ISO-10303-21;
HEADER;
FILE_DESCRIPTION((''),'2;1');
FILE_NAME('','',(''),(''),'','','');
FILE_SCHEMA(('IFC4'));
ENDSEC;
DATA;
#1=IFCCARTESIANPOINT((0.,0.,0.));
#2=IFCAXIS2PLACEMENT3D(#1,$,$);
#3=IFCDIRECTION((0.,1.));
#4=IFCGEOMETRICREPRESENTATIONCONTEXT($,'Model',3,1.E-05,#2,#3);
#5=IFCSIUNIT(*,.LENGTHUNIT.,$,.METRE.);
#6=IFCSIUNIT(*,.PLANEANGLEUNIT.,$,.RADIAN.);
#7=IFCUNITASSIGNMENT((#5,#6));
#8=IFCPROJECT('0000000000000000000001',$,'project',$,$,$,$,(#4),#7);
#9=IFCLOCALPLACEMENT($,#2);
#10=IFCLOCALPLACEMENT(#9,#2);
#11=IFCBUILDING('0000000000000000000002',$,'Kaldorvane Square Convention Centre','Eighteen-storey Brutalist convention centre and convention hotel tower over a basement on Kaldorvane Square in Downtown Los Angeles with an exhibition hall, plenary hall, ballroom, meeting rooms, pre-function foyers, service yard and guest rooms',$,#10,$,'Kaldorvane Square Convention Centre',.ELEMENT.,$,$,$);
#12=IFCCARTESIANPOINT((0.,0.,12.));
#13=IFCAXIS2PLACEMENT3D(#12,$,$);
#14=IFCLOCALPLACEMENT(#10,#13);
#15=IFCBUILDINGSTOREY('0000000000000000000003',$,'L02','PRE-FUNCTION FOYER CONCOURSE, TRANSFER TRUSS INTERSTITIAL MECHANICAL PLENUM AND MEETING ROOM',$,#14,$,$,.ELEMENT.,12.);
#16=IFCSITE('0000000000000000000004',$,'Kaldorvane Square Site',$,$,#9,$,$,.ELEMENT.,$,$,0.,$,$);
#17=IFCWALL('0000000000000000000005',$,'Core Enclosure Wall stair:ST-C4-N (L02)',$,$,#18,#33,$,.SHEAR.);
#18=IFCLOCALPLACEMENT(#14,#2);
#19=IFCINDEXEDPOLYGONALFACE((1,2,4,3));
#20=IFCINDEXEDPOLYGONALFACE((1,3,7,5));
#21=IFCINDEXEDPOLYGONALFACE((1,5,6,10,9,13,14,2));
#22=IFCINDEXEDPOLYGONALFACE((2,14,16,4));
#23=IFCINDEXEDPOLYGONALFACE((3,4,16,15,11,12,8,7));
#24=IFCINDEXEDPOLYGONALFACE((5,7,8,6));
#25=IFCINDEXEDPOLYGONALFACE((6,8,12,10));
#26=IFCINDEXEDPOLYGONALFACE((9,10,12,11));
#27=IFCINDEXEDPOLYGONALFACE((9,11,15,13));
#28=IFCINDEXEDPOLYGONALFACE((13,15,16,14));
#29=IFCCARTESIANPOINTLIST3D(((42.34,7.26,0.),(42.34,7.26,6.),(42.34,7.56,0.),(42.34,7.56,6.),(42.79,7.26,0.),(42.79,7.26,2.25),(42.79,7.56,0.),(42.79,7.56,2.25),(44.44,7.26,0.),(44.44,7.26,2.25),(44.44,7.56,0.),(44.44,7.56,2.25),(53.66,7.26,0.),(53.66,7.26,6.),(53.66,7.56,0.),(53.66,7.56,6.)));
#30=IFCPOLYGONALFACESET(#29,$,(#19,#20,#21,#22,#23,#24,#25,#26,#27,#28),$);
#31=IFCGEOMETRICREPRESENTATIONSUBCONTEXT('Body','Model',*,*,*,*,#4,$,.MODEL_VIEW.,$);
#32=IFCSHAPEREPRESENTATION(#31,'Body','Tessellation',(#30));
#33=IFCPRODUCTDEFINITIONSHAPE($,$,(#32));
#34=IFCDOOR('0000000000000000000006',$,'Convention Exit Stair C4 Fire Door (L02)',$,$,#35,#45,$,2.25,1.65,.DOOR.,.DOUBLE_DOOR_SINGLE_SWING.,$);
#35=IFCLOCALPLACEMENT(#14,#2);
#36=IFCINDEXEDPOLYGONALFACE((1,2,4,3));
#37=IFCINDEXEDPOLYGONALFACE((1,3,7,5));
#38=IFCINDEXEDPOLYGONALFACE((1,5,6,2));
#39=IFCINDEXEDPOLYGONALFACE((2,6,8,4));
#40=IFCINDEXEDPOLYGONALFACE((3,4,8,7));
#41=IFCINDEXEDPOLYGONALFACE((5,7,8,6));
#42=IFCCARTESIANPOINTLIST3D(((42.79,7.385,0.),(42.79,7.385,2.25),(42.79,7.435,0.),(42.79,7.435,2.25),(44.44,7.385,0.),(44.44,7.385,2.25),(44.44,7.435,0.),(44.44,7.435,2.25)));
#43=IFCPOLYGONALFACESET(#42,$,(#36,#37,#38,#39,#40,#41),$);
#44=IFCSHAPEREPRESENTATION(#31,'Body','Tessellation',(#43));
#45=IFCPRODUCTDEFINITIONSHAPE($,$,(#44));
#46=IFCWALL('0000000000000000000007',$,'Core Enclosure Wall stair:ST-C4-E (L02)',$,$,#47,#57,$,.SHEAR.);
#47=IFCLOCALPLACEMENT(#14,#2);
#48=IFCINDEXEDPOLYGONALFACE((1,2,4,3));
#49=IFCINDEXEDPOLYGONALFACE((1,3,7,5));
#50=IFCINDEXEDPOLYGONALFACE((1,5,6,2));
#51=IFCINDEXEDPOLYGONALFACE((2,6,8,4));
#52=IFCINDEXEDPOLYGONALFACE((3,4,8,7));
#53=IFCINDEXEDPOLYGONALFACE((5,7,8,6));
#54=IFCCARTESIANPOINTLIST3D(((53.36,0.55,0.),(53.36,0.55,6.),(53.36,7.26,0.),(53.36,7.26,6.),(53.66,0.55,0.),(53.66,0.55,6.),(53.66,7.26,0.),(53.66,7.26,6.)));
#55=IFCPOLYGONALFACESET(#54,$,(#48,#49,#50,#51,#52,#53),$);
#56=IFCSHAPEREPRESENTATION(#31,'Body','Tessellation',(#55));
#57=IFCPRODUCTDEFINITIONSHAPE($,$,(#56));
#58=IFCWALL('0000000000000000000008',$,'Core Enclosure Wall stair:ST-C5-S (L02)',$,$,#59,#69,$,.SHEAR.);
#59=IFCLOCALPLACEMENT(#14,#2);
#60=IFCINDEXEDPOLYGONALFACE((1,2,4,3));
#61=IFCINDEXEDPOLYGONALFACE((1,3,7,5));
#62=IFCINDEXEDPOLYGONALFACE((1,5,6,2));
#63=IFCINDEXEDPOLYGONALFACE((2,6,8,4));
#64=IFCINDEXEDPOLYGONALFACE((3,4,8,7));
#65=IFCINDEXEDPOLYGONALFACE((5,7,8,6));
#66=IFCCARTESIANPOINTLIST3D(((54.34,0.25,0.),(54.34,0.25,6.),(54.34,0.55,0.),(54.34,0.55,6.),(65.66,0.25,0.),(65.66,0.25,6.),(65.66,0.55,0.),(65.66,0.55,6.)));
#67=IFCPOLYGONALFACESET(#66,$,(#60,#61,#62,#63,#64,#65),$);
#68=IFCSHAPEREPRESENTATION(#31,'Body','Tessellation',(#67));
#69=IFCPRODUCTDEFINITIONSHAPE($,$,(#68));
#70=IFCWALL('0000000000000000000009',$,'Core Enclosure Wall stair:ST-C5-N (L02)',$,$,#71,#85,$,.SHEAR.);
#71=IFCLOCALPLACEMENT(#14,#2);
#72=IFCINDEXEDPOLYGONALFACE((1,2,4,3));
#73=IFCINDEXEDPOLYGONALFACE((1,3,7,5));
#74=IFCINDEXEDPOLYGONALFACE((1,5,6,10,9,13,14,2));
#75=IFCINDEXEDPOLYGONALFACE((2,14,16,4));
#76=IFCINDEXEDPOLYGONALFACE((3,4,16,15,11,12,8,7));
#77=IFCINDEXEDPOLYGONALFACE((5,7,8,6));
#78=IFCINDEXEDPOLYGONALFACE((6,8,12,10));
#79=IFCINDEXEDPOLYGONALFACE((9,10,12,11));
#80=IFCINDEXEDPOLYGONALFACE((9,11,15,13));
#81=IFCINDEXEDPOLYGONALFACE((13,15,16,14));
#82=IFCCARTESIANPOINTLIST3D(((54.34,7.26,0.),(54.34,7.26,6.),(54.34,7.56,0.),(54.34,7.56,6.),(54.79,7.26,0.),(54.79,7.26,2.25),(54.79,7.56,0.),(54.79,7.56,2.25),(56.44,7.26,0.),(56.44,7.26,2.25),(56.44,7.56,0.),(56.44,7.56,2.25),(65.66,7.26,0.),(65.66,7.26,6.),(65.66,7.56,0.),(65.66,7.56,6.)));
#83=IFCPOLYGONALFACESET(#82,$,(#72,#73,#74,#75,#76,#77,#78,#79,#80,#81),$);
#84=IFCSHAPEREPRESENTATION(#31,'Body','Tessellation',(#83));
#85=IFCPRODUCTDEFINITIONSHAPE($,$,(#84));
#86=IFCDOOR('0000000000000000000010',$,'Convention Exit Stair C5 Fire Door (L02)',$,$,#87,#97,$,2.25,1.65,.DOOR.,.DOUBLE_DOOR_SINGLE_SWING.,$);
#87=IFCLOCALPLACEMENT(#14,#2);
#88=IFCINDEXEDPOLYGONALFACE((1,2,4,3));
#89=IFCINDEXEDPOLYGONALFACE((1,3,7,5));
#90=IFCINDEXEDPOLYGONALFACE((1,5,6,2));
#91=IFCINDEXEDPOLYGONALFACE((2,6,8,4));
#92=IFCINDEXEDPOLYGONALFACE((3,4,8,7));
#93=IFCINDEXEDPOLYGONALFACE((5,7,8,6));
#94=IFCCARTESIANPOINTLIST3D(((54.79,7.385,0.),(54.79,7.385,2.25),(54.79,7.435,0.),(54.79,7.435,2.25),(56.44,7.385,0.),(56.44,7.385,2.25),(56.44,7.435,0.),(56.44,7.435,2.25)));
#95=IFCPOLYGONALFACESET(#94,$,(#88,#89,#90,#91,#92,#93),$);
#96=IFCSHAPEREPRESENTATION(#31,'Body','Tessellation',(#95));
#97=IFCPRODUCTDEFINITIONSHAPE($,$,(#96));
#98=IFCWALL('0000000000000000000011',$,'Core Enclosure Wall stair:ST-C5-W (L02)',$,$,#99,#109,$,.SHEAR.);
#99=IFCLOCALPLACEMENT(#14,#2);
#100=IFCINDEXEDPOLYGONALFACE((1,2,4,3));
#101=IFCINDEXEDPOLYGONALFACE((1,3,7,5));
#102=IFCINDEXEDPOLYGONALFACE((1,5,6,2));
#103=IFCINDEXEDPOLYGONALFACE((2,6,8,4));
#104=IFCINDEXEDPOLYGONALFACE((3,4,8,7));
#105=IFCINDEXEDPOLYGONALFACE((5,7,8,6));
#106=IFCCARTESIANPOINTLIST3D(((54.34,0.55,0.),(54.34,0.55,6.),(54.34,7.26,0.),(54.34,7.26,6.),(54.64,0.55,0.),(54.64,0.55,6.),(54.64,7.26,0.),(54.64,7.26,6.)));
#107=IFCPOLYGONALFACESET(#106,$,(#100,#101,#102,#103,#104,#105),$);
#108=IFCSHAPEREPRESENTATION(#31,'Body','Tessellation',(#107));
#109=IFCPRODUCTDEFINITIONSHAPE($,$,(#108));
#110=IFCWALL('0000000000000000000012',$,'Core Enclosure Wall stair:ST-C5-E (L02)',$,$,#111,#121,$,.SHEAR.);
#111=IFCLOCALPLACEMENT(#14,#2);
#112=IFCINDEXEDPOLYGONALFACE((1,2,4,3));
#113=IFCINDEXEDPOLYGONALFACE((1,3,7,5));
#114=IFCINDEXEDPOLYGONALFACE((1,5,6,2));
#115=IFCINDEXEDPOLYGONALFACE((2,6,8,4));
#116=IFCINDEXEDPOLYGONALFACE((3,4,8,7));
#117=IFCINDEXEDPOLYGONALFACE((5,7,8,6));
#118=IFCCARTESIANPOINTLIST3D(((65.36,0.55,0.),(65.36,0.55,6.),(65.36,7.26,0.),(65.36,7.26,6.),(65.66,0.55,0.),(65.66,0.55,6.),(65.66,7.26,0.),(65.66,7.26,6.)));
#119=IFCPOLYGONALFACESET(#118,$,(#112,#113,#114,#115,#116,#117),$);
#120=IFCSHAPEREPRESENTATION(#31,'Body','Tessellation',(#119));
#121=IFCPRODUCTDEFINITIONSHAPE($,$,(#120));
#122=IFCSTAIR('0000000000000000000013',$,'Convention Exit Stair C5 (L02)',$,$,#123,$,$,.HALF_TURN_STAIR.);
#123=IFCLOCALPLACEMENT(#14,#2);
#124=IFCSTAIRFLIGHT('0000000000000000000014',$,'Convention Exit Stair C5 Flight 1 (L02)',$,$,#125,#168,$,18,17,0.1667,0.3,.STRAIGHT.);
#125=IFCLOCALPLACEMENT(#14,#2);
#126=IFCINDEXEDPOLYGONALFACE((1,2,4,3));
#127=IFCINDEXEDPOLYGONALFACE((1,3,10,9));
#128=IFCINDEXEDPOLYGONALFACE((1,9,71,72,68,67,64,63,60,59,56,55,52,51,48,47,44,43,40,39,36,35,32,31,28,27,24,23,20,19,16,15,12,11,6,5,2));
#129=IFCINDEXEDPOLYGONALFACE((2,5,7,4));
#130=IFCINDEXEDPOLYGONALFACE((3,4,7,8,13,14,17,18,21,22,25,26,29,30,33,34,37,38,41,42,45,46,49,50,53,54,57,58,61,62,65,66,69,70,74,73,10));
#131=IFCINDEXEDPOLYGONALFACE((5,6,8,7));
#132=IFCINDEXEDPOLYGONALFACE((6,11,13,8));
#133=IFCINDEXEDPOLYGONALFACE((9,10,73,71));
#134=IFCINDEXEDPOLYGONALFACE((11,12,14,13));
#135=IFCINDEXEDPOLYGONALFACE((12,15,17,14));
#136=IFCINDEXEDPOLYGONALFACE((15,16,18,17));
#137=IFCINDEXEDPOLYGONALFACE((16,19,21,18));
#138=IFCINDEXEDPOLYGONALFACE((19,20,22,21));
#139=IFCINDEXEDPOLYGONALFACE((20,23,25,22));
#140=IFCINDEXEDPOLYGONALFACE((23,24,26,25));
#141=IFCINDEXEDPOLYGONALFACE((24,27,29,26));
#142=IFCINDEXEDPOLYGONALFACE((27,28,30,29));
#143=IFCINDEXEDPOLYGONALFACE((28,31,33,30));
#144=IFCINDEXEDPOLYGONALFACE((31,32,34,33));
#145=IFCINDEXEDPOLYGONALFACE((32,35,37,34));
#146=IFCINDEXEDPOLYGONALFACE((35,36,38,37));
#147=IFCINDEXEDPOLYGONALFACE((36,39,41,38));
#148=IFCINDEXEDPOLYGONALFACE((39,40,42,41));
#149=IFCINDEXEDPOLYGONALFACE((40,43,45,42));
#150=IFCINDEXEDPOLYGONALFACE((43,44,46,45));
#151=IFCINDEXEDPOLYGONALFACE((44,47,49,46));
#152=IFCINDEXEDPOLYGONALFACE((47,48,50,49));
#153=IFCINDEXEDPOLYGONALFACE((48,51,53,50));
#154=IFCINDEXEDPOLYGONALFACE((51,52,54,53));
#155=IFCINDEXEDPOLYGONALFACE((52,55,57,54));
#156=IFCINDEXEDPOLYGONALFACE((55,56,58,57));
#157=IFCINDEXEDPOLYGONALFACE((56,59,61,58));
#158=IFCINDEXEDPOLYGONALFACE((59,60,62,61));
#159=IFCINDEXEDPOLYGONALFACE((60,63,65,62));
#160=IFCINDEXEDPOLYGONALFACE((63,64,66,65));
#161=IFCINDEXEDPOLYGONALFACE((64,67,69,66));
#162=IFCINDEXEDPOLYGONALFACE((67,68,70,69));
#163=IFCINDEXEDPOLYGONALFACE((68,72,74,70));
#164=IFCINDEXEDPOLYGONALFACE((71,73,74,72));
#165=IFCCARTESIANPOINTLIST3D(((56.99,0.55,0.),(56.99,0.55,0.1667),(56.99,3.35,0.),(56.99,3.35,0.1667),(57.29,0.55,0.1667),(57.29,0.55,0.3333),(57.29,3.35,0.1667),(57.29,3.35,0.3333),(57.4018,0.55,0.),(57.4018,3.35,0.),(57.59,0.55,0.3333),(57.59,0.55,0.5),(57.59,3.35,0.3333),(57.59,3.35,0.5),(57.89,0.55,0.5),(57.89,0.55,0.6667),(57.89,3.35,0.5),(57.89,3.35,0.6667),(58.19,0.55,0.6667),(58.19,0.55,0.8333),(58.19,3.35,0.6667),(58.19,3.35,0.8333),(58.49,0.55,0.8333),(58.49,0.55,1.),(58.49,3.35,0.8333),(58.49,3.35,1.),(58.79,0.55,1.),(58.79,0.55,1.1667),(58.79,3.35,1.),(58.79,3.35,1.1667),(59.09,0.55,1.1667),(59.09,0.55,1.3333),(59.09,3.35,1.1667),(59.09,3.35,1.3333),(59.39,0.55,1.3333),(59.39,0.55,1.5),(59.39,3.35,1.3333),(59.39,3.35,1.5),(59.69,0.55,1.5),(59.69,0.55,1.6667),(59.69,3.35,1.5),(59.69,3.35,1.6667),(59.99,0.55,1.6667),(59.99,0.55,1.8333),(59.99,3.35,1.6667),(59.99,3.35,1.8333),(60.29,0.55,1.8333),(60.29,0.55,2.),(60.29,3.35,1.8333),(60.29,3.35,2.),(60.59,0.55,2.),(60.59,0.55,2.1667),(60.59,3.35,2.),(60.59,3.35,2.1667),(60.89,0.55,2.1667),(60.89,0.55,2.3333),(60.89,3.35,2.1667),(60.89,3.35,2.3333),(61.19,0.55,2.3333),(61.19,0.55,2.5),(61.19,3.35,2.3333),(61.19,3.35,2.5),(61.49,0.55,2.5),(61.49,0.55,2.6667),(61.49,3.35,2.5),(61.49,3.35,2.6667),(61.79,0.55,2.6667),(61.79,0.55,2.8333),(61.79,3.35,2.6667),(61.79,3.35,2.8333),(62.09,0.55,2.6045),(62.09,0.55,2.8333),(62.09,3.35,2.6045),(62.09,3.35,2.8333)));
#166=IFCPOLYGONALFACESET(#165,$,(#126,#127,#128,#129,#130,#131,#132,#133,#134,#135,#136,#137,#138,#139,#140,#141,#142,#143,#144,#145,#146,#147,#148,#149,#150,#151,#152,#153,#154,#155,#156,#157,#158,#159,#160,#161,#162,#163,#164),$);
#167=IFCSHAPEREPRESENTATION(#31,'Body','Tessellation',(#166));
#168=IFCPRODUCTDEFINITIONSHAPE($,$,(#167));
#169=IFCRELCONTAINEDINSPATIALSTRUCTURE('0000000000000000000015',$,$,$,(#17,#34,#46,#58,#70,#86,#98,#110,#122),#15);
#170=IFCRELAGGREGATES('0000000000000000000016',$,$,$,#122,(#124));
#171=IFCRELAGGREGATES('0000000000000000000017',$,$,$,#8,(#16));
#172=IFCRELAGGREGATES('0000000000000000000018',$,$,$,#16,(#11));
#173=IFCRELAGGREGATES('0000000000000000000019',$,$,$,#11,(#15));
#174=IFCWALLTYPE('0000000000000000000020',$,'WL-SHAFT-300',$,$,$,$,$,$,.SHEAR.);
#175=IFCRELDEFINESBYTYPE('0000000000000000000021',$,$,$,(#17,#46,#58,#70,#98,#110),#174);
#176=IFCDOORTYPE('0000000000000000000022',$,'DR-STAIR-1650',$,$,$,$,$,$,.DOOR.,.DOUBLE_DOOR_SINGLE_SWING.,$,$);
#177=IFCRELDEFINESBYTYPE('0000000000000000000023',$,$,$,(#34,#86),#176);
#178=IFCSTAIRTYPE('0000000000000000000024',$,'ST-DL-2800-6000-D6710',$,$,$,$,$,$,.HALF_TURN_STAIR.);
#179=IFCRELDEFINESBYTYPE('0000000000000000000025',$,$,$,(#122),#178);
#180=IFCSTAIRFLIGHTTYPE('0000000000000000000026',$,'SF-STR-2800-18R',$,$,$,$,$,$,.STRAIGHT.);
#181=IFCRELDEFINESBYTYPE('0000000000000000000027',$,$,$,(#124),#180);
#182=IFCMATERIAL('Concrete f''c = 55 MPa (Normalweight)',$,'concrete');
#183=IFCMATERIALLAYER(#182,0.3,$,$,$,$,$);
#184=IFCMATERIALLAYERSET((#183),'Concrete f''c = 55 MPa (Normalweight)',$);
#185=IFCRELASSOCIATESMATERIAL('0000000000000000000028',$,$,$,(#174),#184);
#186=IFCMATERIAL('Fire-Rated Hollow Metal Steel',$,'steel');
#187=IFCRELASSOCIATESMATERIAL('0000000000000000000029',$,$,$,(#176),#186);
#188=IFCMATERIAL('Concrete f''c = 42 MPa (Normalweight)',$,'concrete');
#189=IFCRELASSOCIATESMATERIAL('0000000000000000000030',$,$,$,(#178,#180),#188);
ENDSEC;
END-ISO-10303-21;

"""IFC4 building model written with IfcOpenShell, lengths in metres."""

from ifc_helpers import new_model, si_unit, direction, frame, frame_2d, origin, place, context, subcontext, project, spatial, polyline, rectangle, outline, extrude, material, layer, layer_set, type_object, element, fill, aggregate, save


model = new_model("IFC4")

# Units and contexts
model_context = context("Model", 3, precision=1e-05, world=origin(), true_north=direction((0.0, 1.0)))
body_context = subcontext(model_context, "Body", "Model", "MODEL_VIEW")
ifc_project = project(units=[si_unit("LENGTHUNIT", "METRE"), si_unit("PLANEANGLEUNIT", "RADIAN")], contexts=[model_context])

# Site, building, storey
site_placement = place(None, origin())
site = spatial("IfcSite", under=ifc_project, at=site_placement, Name="Kaldorvane Square Site", CompositionType="ELEMENT", RefElevation=0.0)
building_placement = place(site_placement, origin())
building = spatial("IfcBuilding", under=site, at=building_placement, Name="Kaldorvane Square Convention Centre", Description="Eighteen-storey Brutalist convention centre and convention hotel tower over a basement on Kaldorvane Square in Downtown Los Angeles with an exhibition hall, plenary hall, ballroom, meeting rooms, pre-function foyers, service yard and guest rooms", LongName="Kaldorvane Square Convention Centre", CompositionType="ELEMENT")
storey_placement = place(building_placement, frame((0.0, 0.0, 12.0)))
storey = spatial("IfcBuildingStorey", under=building, at=storey_placement, Name="L02", Description="PRE-FUNCTION FOYER CONCOURSE, TRANSFER TRUSS INTERSTITIAL MECHANICAL PLENUM AND MEETING ROOM", CompositionType="ELEMENT", Elevation=12.0)

# Shared definitions
ifc_material_1 = material(Name="Concrete f'c = 55 MPa (Normalweight)", Category="concrete")

# Shared definitions
ifc_material_2 = material(Name="Concrete f'c = 42 MPa (Normalweight)", Category="concrete")

# Shared definitions
ifc_layer_1 = layer(ifc_material_1, 0.3)
ifc_layer_set_1 = layer_set([ifc_layer_1], Name="Concrete f'c = 55 MPa (Normalweight)")
wall_type_1 = type_object("IfcWallType", Name="WL-SHAFT-300", PredefinedType="SHEAR", material=ifc_layer_set_1)

# Wall, opening, door
wall_1_placement = place(storey_placement, frame((53.66, 7.41, 0.0), z_axis=(0.0, 0.0, 1.0), x_axis=(-1.0, 0.0, 0.0)))
wall_1 = element("IfcWall", 1, at=wall_1_placement, inside=storey, type_object=wall_type_1, Name="Core Enclosure Wall stair:ST-C4-N (L02)", PredefinedType="SHEAR", context=body_context, shape_type="SweptSolid", body=[
    extrude(rectangle(XDim=11.32, YDim=0.3, at=frame_2d((5.66, 0.0))), origin(), (0.0, 0.0, 1.0), 6.0),
])
opening_1_placement = place(wall_1_placement, frame((9.22, 0.0, 0.0)))
opening_1 = element("IfcOpeningElement", 2, at=opening_1_placement, cuts=wall_1, PredefinedType="OPENING", context=body_context, shape_type="SweptSolid", body=[
    extrude(rectangle(XDim=1.65, YDim=2.25, at=frame_2d((0.825, 1.125))), frame((0.0, 0.165, 0.0), z_axis=(0.0, -1.0, 0.0), x_axis=(1.0, 0.0, 0.0)), (0.0, 0.0, 1.0), 0.33),
])
ifc_material_3 = material(Name="Fire-Rated Hollow Metal Steel", Category="steel")
door_type = type_object("IfcDoorType", Name="DR-STAIR-1650", OperationType="DOUBLE_DOOR_SINGLE_SWING", PredefinedType="DOOR", material=ifc_material_3)
door_1_placement = place(opening_1_placement, origin())
door_1 = element("IfcDoor", 3, at=door_1_placement, inside=storey, type_object=door_type, Name="Convention Exit Stair C4 Fire Door (L02)", OperationType="DOUBLE_DOOR_SINGLE_SWING", OverallHeight=2.25, OverallWidth=1.65, PredefinedType="DOOR", context=body_context, shape_type="SweptSolid", body=[
    extrude(rectangle(XDim=1.65, YDim=2.25, at=frame_2d((0.825, 1.125))), frame((0.0, 0.025, 0.0), z_axis=(0.0, -1.0, 0.0), x_axis=(1.0, 0.0, 0.0)), (0.0, 0.0, 1.0), 0.05),
])
fill(opening_1, door_1)

# Walls
wall_2_placement = place(storey_placement, frame((53.51, 0.55, 0.0), z_axis=(0.0, 0.0, 1.0), x_axis=(0.0, 1.0, 0.0)))
element("IfcWall", 4, at=wall_2_placement, inside=storey, type_object=wall_type_1, Name="Core Enclosure Wall stair:ST-C4-E (L02)", PredefinedType="SHEAR", context=body_context, shape_type="SweptSolid", body=[
    extrude(rectangle(XDim=6.71, YDim=0.3, at=frame_2d((3.355, 0.0))), origin(), (0.0, 0.0, 1.0), 6.0),
])
wall_3_placement = place(storey_placement, frame((65.66, 0.4, 0.0), z_axis=(0.0, 0.0, 1.0), x_axis=(-1.0, 0.0, 0.0)))
element("IfcWall", 5, at=wall_3_placement, inside=storey, type_object=wall_type_1, Name="Core Enclosure Wall stair:ST-C5-S (L02)", PredefinedType="SHEAR", context=body_context, shape_type="SweptSolid", body=[
    extrude(rectangle(XDim=11.32, YDim=0.3, at=frame_2d((5.66, 0.0))), origin(), (0.0, 0.0, 1.0), 6.0),
])

# Wall, opening, door
wall_4_placement = place(storey_placement, frame((65.66, 7.41, 0.0), z_axis=(0.0, 0.0, 1.0), x_axis=(-1.0, 0.0, 0.0)))
wall_4 = element("IfcWall", 6, at=wall_4_placement, inside=storey, type_object=wall_type_1, Name="Core Enclosure Wall stair:ST-C5-N (L02)", PredefinedType="SHEAR", context=body_context, shape_type="SweptSolid", body=[
    extrude(rectangle(XDim=11.32, YDim=0.3, at=frame_2d((5.66, 0.0))), origin(), (0.0, 0.0, 1.0), 6.0),
])
opening_2_placement = place(wall_4_placement, frame((9.22, 0.0, 0.0)))
opening_2 = element("IfcOpeningElement", 7, at=opening_2_placement, cuts=wall_4, PredefinedType="OPENING", context=body_context, shape_type="SweptSolid", body=[
    extrude(rectangle(XDim=1.65, YDim=2.25, at=frame_2d((0.825, 1.125))), frame((0.0, 0.165, 0.0), z_axis=(0.0, -1.0, 0.0), x_axis=(1.0, 0.0, 0.0)), (0.0, 0.0, 1.0), 0.33),
])
door_2_placement = place(opening_2_placement, origin())
door_2 = element("IfcDoor", 8, at=door_2_placement, inside=storey, type_object=door_type, Name="Convention Exit Stair C5 Fire Door (L02)", OperationType="DOUBLE_DOOR_SINGLE_SWING", OverallHeight=2.25, OverallWidth=1.65, PredefinedType="DOOR", context=body_context, shape_type="SweptSolid", body=[
    extrude(rectangle(XDim=1.65, YDim=2.25, at=frame_2d((0.825, 1.125))), frame((0.0, 0.025, 0.0), z_axis=(0.0, -1.0, 0.0), x_axis=(1.0, 0.0, 0.0)), (0.0, 0.0, 1.0), 0.05),
])
fill(opening_2, door_2)

# Walls
for number, where, z_axis, x_axis, name in (
    (9, (54.49, 7.26, 0.0), (0.0, 0.0, 1.0), (0.0, -1.0, 0.0), "Core Enclosure Wall stair:ST-C5-W (L02)"),
    (10, (65.51, 0.55, 0.0), (0.0, 0.0, 1.0), (0.0, 1.0, 0.0), "Core Enclosure Wall stair:ST-C5-E (L02)"),
):
    element("IfcWall", number, at=place(storey_placement, frame(where, z_axis=z_axis, x_axis=x_axis)), inside=storey, type_object=wall_type_1, Name=name, PredefinedType="SHEAR", context=body_context, shape_type="SweptSolid", body=[
        extrude(rectangle(XDim=6.71, YDim=0.3, at=frame_2d((3.355, 0.0))), origin(), (0.0, 0.0, 1.0), 6.0),
    ])

# Stair, stair flight
stair_type = type_object("IfcStairType", Name="ST-DL-2800-6000-D6710", PredefinedType="HALF_TURN_STAIR", material=ifc_material_2)
stair_placement = place(storey_placement, origin())
stair = element("IfcStair", 11, at=stair_placement, inside=storey, type_object=stair_type, Name="Convention Exit Stair C5 (L02)", PredefinedType="HALF_TURN_STAIR")
stair_flight_type = type_object("IfcStairFlightType", Name="SF-STR-2800-18R", PredefinedType="STRAIGHT", material=ifc_material_2)
stair_flight_1_placement = place(storey_placement, frame((56.99, 1.95, 0.0), z_axis=(0.0, 0.0, 1.0), x_axis=(1.0, 0.0, 0.0)))
stair_flight_1 = element("IfcStairFlight", 12, at=stair_flight_1_placement, type_object=stair_flight_type, Name="Convention Exit Stair C5 Flight 1 (L02)", NumberOfRisers=18, NumberOfTreads=17, PredefinedType="STRAIGHT", RiserHeight=0.1667, TreadLength=0.3, context=body_context, shape_type="SweptSolid", body=[
    extrude(outline(polyline([(0.0, 0.0), (0.0, 0.1667), (0.3, 0.1667), (0.3, 0.3333), (0.6, 0.3333), (0.6, 0.5), (0.9, 0.5), (0.9, 0.6667), (1.2, 0.6667), (1.2, 0.8333), (1.5, 0.8333), (1.5, 1.0), (1.8, 1.0), (1.8, 1.1667), (2.1, 1.1667), (2.1, 1.3333), (2.4, 1.3333), (2.4, 1.5), (2.7, 1.5), (2.7, 1.6667), (3.0, 1.6667), (3.0, 1.8333), (3.3, 1.8333), (3.3, 2.0), (3.6, 2.0), (3.6, 2.1667), (3.9, 2.1667), (3.9, 2.3333), (4.2, 2.3333), (4.2, 2.5), (4.5, 2.5), (4.5, 2.6667), (4.8, 2.6667), (4.8, 2.8333), (5.1, 2.8333), (5.1, 3.0), (5.1, 2.6045), (0.4118, 0.0), (0.0, 0.0)])), frame((0.0, 1.4, 0.0), z_axis=(0.0, -1.0, 0.0), x_axis=(1.0, 0.0, 0.0)), (0.0, 0.0, 1.0), 2.8),
])
aggregate(stair, [stair_flight_1])

save(model, "model.ifc")
